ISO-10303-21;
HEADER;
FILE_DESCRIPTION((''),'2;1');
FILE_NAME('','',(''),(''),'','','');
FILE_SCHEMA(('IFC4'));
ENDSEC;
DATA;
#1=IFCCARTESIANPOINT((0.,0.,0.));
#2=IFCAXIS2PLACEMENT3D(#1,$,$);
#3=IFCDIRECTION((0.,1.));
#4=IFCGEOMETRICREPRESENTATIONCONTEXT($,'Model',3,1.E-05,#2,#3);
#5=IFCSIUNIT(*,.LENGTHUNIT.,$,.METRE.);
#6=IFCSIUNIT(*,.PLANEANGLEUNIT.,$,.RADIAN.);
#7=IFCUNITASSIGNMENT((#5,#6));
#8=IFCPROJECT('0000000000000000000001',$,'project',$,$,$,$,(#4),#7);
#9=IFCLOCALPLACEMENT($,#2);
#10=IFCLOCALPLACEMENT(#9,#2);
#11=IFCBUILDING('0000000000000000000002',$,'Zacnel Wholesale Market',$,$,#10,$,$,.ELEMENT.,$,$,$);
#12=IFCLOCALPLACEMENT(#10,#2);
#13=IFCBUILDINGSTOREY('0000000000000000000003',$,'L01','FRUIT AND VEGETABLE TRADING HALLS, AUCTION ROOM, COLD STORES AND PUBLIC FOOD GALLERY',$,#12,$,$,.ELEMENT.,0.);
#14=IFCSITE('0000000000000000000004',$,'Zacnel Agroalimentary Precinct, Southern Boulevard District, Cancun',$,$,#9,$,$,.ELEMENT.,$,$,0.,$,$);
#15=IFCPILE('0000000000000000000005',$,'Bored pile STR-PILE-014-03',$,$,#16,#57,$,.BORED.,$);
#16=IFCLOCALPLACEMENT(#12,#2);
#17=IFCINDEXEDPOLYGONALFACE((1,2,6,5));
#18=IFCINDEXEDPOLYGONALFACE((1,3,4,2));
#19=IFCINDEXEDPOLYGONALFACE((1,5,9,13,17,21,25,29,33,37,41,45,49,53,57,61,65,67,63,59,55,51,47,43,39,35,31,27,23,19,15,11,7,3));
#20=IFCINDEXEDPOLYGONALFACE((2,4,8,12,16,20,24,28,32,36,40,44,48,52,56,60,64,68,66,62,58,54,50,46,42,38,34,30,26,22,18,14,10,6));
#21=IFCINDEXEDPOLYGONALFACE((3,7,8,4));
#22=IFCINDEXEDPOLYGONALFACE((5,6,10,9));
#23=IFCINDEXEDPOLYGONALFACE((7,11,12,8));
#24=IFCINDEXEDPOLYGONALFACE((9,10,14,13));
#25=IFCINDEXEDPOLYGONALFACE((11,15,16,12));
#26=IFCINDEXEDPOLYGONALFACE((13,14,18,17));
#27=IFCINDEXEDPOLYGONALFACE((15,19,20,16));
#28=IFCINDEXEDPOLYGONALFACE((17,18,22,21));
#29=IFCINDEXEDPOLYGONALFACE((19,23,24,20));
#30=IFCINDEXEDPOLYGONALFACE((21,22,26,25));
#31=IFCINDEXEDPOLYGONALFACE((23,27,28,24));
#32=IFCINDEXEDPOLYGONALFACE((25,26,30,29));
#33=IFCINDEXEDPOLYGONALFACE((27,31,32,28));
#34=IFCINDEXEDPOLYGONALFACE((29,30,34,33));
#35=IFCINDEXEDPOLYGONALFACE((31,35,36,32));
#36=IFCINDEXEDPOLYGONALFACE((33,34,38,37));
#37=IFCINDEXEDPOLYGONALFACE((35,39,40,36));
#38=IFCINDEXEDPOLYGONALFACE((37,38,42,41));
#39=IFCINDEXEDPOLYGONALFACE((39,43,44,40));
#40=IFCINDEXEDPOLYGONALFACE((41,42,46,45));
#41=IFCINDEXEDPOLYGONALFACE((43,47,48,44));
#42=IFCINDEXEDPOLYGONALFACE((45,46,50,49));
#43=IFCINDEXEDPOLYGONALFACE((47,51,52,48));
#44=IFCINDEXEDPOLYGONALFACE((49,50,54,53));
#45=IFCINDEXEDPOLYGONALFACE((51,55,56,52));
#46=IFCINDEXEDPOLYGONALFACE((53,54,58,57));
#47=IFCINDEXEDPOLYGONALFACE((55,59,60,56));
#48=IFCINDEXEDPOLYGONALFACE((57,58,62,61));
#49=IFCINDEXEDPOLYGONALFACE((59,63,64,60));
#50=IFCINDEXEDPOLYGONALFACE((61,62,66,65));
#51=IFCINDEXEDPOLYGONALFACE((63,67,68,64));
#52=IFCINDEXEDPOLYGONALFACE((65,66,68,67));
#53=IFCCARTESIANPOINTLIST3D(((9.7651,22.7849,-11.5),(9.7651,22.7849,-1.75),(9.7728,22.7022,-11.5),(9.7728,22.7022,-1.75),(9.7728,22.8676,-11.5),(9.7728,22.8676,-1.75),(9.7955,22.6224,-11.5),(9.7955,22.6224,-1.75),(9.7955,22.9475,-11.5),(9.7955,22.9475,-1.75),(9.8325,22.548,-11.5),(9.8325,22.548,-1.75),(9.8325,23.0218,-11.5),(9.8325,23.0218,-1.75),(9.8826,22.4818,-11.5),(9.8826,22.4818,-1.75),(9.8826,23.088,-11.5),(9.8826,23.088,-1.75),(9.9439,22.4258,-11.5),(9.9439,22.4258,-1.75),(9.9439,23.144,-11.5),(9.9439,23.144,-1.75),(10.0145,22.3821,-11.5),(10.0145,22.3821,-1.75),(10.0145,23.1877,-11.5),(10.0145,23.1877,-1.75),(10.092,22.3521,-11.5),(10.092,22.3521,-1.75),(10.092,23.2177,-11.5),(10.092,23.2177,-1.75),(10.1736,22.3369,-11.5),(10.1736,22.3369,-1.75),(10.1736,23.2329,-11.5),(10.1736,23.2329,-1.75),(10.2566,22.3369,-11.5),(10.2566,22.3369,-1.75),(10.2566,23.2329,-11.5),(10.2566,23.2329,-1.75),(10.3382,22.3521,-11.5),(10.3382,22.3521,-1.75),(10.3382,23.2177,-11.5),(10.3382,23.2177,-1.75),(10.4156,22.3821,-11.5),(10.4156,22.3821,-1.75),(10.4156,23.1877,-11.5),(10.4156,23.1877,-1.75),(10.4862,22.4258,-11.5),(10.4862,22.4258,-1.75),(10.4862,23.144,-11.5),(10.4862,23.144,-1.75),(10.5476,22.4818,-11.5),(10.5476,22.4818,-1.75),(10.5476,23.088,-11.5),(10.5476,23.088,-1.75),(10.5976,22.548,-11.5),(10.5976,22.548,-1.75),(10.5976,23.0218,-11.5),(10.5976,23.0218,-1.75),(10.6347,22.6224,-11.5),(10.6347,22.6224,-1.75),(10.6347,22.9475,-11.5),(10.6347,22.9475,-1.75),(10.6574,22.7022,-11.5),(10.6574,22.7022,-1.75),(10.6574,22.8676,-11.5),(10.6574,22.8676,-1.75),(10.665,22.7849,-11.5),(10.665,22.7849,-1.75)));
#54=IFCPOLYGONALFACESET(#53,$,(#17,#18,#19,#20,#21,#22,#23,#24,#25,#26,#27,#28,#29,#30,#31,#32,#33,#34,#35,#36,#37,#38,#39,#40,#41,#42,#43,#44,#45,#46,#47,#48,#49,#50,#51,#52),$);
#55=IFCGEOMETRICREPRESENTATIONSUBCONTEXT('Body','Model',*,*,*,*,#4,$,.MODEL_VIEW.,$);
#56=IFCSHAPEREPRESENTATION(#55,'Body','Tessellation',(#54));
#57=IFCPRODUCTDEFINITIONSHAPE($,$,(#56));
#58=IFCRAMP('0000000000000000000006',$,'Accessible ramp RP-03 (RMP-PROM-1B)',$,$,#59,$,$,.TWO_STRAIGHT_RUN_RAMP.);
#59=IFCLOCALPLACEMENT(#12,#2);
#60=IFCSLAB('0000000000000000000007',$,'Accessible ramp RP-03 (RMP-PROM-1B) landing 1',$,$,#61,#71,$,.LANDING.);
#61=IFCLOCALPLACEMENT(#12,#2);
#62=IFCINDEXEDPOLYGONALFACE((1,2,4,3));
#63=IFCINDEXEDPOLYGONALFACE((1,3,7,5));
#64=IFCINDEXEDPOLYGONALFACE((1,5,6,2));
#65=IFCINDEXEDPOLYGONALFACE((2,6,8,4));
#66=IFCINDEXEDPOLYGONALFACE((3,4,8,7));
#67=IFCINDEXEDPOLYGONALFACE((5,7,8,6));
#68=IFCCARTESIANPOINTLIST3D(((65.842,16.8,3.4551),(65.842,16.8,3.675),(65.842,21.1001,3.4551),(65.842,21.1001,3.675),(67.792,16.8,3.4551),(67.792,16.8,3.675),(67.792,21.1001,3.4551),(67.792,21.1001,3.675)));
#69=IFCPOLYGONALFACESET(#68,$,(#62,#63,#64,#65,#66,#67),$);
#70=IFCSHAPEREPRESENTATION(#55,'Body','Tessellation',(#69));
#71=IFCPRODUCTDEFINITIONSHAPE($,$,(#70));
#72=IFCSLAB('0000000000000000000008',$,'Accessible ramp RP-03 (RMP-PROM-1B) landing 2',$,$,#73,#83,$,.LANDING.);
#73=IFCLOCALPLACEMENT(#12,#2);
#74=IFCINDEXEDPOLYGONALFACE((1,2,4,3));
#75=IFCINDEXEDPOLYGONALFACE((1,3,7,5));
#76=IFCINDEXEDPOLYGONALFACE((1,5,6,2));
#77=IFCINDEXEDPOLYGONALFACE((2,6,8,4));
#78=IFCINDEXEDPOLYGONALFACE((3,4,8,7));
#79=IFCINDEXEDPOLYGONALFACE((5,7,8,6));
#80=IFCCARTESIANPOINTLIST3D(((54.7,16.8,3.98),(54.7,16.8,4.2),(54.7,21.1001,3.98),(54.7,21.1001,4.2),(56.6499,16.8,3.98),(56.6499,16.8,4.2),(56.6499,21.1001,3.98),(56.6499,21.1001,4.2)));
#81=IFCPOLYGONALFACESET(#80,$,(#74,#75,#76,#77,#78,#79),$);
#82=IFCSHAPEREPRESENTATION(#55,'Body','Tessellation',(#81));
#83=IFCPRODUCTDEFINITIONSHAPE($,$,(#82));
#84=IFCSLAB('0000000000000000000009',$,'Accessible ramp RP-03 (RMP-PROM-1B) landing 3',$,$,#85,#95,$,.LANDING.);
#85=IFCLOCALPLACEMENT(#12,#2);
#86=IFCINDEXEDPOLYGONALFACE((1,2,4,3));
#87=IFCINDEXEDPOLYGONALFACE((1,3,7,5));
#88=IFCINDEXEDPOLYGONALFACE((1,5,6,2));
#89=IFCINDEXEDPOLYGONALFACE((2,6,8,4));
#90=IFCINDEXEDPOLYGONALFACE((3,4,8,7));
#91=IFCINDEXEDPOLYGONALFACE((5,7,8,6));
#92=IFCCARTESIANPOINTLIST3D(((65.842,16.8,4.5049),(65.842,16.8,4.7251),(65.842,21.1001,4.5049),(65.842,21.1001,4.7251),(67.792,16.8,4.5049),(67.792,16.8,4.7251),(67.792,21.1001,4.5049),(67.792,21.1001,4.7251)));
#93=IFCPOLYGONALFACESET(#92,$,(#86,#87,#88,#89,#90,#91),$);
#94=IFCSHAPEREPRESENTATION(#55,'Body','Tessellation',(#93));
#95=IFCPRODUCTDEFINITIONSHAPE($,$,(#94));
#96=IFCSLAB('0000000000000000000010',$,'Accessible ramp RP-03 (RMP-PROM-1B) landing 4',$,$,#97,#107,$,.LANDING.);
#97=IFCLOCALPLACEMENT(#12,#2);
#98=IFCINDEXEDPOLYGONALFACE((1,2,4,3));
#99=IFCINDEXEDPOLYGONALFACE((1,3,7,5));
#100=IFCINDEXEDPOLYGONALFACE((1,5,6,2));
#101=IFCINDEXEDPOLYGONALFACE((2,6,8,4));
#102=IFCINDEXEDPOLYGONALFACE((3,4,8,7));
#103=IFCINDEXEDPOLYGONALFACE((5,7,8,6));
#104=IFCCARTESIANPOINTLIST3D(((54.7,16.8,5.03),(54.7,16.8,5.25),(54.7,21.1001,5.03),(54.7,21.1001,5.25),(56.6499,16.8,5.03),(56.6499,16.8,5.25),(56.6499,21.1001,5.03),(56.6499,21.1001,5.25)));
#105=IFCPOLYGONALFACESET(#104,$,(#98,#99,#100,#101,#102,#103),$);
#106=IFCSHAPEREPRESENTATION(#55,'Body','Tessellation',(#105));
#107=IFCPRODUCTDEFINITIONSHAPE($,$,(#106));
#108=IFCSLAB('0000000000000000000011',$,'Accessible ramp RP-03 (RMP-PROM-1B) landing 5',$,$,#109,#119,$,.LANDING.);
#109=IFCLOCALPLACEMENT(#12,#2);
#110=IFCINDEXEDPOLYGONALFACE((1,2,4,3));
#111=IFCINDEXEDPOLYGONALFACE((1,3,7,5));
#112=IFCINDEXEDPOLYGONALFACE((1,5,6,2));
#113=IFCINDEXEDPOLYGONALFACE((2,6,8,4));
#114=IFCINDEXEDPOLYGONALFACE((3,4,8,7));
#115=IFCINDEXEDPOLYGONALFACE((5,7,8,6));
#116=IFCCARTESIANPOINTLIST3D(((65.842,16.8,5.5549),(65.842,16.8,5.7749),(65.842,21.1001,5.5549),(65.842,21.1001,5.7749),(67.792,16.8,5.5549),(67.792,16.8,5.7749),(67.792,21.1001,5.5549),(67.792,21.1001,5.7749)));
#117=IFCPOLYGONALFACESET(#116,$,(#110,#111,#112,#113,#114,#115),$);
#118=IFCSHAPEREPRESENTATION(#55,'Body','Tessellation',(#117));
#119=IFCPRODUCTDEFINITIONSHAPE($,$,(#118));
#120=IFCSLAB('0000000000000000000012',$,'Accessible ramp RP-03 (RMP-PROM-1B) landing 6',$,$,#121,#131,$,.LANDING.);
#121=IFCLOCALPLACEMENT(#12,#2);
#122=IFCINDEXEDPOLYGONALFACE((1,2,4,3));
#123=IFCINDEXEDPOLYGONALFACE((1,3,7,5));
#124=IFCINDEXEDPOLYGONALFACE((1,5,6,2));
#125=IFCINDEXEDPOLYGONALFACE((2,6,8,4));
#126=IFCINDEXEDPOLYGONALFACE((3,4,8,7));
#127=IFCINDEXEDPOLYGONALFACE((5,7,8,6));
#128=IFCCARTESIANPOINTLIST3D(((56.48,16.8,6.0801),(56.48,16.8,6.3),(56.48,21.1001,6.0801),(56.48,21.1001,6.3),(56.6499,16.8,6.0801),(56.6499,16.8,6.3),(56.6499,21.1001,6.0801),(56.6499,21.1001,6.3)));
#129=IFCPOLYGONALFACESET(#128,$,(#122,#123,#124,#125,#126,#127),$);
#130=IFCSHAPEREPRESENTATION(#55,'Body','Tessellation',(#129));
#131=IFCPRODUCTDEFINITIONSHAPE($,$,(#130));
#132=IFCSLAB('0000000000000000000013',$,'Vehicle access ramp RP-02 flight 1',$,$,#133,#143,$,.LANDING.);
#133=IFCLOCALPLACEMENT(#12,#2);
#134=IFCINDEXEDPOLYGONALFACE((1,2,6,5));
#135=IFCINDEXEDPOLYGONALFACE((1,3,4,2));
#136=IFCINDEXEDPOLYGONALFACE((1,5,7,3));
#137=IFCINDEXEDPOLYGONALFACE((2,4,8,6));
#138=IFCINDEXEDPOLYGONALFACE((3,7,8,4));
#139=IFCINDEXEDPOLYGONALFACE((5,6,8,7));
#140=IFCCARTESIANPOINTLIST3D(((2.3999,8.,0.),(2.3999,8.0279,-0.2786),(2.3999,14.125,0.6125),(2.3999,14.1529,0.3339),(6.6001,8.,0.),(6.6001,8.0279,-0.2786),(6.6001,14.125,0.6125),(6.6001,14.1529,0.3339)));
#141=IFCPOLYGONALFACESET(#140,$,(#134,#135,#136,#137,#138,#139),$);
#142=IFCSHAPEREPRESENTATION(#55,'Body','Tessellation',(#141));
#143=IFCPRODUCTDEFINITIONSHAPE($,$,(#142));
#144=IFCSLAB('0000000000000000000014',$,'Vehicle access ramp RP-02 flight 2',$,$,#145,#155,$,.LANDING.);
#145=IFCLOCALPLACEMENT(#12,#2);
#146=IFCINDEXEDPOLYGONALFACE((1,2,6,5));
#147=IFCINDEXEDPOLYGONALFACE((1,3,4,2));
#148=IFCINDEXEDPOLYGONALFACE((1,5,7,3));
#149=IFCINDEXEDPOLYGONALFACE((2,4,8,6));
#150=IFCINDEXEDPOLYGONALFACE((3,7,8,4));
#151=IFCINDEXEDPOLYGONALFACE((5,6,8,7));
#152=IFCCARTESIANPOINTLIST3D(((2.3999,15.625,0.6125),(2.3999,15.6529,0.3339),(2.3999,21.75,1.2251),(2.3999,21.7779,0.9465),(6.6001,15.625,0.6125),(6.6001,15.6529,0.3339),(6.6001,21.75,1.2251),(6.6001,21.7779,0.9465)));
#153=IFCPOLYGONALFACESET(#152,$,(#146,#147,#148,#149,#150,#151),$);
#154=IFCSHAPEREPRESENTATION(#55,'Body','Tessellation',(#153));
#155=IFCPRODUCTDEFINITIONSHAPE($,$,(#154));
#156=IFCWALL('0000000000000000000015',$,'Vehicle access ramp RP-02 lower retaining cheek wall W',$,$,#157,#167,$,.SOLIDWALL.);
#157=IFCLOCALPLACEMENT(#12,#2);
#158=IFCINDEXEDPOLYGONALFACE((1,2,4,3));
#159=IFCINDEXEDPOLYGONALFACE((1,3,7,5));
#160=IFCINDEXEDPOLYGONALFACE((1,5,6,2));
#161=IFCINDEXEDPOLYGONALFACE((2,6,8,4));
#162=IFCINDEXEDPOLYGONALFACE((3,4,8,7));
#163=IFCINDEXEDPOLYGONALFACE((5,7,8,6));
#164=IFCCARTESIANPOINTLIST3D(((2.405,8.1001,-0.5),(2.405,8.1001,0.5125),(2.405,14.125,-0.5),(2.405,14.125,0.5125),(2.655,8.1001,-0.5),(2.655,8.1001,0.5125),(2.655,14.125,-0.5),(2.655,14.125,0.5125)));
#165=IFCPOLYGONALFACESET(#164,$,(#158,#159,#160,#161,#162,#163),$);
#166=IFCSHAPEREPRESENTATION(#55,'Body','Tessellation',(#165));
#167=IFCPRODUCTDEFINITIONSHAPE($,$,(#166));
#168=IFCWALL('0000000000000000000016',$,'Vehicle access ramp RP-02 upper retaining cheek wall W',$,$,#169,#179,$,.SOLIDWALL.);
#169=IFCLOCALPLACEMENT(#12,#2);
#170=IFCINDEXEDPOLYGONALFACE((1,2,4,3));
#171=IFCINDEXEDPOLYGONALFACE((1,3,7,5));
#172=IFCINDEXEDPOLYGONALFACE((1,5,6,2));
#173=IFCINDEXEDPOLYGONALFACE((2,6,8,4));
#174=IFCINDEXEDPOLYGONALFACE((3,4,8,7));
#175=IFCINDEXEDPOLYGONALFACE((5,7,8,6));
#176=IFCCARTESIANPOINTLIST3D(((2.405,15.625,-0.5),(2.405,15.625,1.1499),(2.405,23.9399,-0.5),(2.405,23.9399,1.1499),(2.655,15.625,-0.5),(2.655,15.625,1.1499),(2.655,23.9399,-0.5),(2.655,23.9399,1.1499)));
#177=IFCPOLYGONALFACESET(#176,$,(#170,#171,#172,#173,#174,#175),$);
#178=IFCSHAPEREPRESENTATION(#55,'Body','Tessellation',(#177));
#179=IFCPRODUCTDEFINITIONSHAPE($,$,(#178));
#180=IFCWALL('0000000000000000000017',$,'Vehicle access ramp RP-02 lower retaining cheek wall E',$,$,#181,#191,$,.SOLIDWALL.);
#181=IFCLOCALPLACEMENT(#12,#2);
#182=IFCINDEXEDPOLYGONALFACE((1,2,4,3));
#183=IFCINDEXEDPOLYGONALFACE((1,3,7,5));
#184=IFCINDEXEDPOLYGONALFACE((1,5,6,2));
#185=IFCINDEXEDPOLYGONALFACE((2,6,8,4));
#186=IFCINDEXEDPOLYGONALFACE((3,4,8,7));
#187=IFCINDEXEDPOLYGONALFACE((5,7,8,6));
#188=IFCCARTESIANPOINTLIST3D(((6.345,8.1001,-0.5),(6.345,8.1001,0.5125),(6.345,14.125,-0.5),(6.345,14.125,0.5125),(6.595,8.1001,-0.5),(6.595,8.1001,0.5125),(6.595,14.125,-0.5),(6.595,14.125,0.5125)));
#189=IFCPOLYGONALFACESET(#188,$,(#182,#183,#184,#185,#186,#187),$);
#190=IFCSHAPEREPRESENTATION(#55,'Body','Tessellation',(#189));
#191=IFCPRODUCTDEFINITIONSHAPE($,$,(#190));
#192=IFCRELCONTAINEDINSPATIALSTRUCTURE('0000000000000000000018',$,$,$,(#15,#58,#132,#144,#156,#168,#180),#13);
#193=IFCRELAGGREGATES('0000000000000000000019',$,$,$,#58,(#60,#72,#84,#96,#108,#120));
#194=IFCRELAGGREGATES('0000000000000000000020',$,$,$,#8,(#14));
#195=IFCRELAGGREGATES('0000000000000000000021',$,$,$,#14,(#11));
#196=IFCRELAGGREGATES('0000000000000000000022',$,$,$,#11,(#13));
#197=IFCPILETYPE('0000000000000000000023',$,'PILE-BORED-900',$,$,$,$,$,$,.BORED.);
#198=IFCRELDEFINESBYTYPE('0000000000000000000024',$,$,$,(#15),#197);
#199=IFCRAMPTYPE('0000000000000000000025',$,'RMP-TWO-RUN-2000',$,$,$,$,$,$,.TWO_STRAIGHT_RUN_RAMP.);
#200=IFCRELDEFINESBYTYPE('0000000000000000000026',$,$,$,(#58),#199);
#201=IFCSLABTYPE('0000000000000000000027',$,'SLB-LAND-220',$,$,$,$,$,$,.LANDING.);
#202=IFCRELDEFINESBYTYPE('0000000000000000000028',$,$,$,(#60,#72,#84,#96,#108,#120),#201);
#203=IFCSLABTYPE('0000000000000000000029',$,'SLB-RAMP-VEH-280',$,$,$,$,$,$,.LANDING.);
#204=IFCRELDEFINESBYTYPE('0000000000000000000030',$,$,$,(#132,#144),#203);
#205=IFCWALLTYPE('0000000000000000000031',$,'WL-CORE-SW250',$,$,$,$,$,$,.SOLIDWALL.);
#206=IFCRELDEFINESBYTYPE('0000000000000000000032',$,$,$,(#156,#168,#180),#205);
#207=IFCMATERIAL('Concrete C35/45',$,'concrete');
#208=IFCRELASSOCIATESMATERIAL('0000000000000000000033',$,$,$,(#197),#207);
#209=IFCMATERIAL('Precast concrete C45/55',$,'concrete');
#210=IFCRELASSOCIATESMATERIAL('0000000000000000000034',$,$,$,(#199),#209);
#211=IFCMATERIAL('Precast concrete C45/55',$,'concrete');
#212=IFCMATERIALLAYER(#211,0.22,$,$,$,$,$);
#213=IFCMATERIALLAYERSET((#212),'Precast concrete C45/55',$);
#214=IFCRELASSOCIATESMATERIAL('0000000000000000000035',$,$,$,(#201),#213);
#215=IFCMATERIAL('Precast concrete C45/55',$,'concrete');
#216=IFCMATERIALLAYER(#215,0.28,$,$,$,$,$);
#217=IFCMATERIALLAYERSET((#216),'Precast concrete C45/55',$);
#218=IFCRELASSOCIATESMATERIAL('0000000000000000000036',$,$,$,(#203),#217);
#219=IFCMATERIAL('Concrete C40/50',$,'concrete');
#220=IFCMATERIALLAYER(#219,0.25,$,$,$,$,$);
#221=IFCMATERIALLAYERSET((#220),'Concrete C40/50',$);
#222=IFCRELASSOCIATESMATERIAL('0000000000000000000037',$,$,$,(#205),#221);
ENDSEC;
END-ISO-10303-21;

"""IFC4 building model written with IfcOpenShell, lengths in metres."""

from ifc_helpers import new_model, si_unit, direction, frame, frame_2d, origin, origin_2d, place, context, subcontext, project, spatial, polyline, rectangle, circle, outline, extrude, material, layer, layer_set, material_profile, profile_set, type_object, element, aggregate, save


model = new_model("IFC4")

# Units and contexts
model_context = context("Model", 3, precision=1e-05, world=origin(), true_north=direction((0.0, 1.0)))
body_context = subcontext(model_context, "Body", "Model", "MODEL_VIEW")
ifc_project = project(units=[si_unit("LENGTHUNIT", "METRE"), si_unit("PLANEANGLEUNIT", "RADIAN")], contexts=[model_context])

# Site, building, storey
site_placement = place(None, origin())
site = spatial("IfcSite", under=ifc_project, at=site_placement, Name="Zacnel Agroalimentary Precinct, Southern Boulevard District, Cancun", CompositionType="ELEMENT", RefElevation=0.0)
building_placement = place(site_placement, origin())
building = spatial("IfcBuilding", under=site, at=building_placement, Name="Zacnel Wholesale Market", CompositionType="ELEMENT")
storey_placement = place(building_placement, origin())
storey = spatial("IfcBuildingStorey", under=building, at=storey_placement, Name="L01", Description="FRUIT AND VEGETABLE TRADING HALLS, AUCTION ROOM, COLD STORES AND PUBLIC FOOD GALLERY", CompositionType="ELEMENT", Elevation=0.0)

# Pile
ifc_material_1 = material(Name="Concrete C35/45", Category="concrete")
ifc_material_profile = material_profile(ifc_material_1, circle(Radius=0.45, at=origin_2d()), Name="BORED PILE D900")
ifc_profile_set = profile_set([ifc_material_profile], Name="Concrete C35/45")
pile_type = type_object("IfcPileType", Name="PILE-BORED-900", PredefinedType="BORED", material=ifc_profile_set)
for number, where, z_axis, x_axis, name in (
    (1, (10.2151, 22.7849, -1.75), (0.0, 0.0, -1.0), (1.0, 0.0, 0.0), "Bored pile STR-PILE-014-03"),
):
    element("IfcPile", number, at=place(storey_placement, frame(where, z_axis=z_axis, x_axis=x_axis)), inside=storey, type_object=pile_type, Name=name, PredefinedType="BORED", context=body_context, shape_type="SweptSolid", body=[
        extrude(circle(Radius=0.45, at=origin_2d()), origin(), (0.0, 0.0, 1.0), 9.75),
    ])

# Ramp, slabs
ifc_material_2 = material(Name="Precast concrete C45/55", Category="concrete")
ramp_type = type_object("IfcRampType", Name="RMP-TWO-RUN-2000", PredefinedType="TWO_STRAIGHT_RUN_RAMP", material=ifc_material_2)
ramp_placement = place(storey_placement, origin())
ramp = element("IfcRamp", 2, at=ramp_placement, inside=storey, type_object=ramp_type, Name="Accessible ramp RP-03 (RMP-PROM-1B)", PredefinedType="TWO_STRAIGHT_RUN_RAMP")
ifc_material_3 = material(Name="Precast concrete C45/55", Category="concrete")
ifc_layer_1 = layer(ifc_material_3, 0.22)
ifc_layer_set_1 = layer_set([ifc_layer_1], Name="Precast concrete C45/55")
slab_type_1 = type_object("IfcSlabType", Name="SLB-LAND-220", PredefinedType="LANDING", material=ifc_layer_set_1)
slab_1_placement = place(storey_placement, frame((0.0, 0.0, 3.4551)))
slab_1 = element("IfcSlab", 3, at=slab_1_placement, type_object=slab_type_1, Name="Accessible ramp RP-03 (RMP-PROM-1B) landing 1", PredefinedType="LANDING", context=body_context, shape_type="SweptSolid", body=[
    extrude(outline(polyline([(65.842, 16.8), (67.792, 16.8), (67.792, 21.1001), (65.842, 21.1001), (65.842, 16.8)])), origin(), (0.0, 0.0, 1.0), 0.22),
])
slab_2_placement = place(storey_placement, frame((0.0, 0.0, 3.98)))
slab_2 = element("IfcSlab", 4, at=slab_2_placement, type_object=slab_type_1, Name="Accessible ramp RP-03 (RMP-PROM-1B) landing 2", PredefinedType="LANDING", context=body_context, shape_type="SweptSolid", body=[
    extrude(outline(polyline([(54.7, 16.8), (56.6499, 16.8), (56.6499, 21.1001), (54.7, 21.1001), (54.7, 16.8)])), origin(), (0.0, 0.0, 1.0), 0.22),
])
slab_3_placement = place(storey_placement, frame((0.0, 0.0, 4.5049)))
slab_3 = element("IfcSlab", 5, at=slab_3_placement, type_object=slab_type_1, Name="Accessible ramp RP-03 (RMP-PROM-1B) landing 3", PredefinedType="LANDING", context=body_context, shape_type="SweptSolid", body=[
    extrude(outline(polyline([(65.842, 16.8), (67.792, 16.8), (67.792, 21.1001), (65.842, 21.1001), (65.842, 16.8)])), origin(), (0.0, 0.0, 1.0), 0.2202),
])
slab_4_placement = place(storey_placement, frame((0.0, 0.0, 5.03)))
slab_4 = element("IfcSlab", 6, at=slab_4_placement, type_object=slab_type_1, Name="Accessible ramp RP-03 (RMP-PROM-1B) landing 4", PredefinedType="LANDING", context=body_context, shape_type="SweptSolid", body=[
    extrude(outline(polyline([(54.7, 16.8), (56.6499, 16.8), (56.6499, 21.1001), (54.7, 21.1001), (54.7, 16.8)])), origin(), (0.0, 0.0, 1.0), 0.22),
])
slab_5_placement = place(storey_placement, frame((0.0, 0.0, 5.5549)))
slab_5 = element("IfcSlab", 7, at=slab_5_placement, type_object=slab_type_1, Name="Accessible ramp RP-03 (RMP-PROM-1B) landing 5", PredefinedType="LANDING", context=body_context, shape_type="SweptSolid", body=[
    extrude(outline(polyline([(65.842, 16.8), (67.792, 16.8), (67.792, 21.1001), (65.842, 21.1001), (65.842, 16.8)])), origin(), (0.0, 0.0, 1.0), 0.22),
])
slab_6_placement = place(storey_placement, frame((0.0, 0.0, 6.0801)))
slab_6 = element("IfcSlab", 8, at=slab_6_placement, type_object=slab_type_1, Name="Accessible ramp RP-03 (RMP-PROM-1B) landing 6", PredefinedType="LANDING", context=body_context, shape_type="SweptSolid", body=[
    extrude(outline(polyline([(56.48, 16.8), (56.6499, 16.8), (56.6499, 21.1001), (56.48, 21.1001), (56.48, 16.8)])), origin(), (0.0, 0.0, 1.0), 0.22),
])
aggregate(ramp, [slab_1, slab_2, slab_3, slab_4, slab_5, slab_6])

# Slabs
ifc_material_4 = material(Name="Precast concrete C45/55", Category="concrete")
ifc_layer_2 = layer(ifc_material_4, 0.28)
ifc_layer_set_2 = layer_set([ifc_layer_2], Name="Precast concrete C45/55")
slab_type_2 = type_object("IfcSlabType", Name="SLB-RAMP-VEH-280", PredefinedType="LANDING", material=ifc_layer_set_2)
for number, where, z_axis, x_axis, name in (
    (9, (2.3999, 8.0, 0.0), (0.0, -0.099512, 0.995036), (1.0, 0.0, 0.0), "Vehicle access ramp RP-02 flight 1"),
    (10, (2.3999, 15.625, 0.6125), (0.0, -0.099512, 0.995036), (1.0, 0.0, 0.0), "Vehicle access ramp RP-02 flight 2"),
):
    element("IfcSlab", number, at=place(storey_placement, frame(where, z_axis=z_axis, x_axis=x_axis)), inside=storey, type_object=slab_type_2, Name=name, PredefinedType="LANDING", context=body_context, shape_type="SweptSolid", body=[
        extrude(outline(polyline([(0.0, 0.0), (4.2002, 0.0), (4.2002, 6.1556), (0.0, 6.1556), (0.0, 0.0)])), origin(), (0.0, 0.0, -1.0), 0.28),
    ])

# Walls
ifc_material_5 = material(Name="Concrete C40/50", Category="concrete")
ifc_layer_3 = layer(ifc_material_5, 0.25)
ifc_layer_set_3 = layer_set([ifc_layer_3], Name="Concrete C40/50")
wall_type = type_object("IfcWallType", Name="WL-CORE-SW250", PredefinedType="SOLIDWALL", material=ifc_layer_set_3)
wall_1_placement = place(storey_placement, frame((2.53, 8.1001, -0.5), z_axis=(0.0, 0.0, 1.0), x_axis=(0.0, 1.0, 0.0)))
element("IfcWall", 11, at=wall_1_placement, inside=storey, type_object=wall_type, Name="Vehicle access ramp RP-02 lower retaining cheek wall W", PredefinedType="SOLIDWALL", context=body_context, shape_type="SweptSolid", body=[
    extrude(rectangle(XDim=6.0249, YDim=0.25, at=frame_2d((3.0125, 0.0))), origin(), (0.0, 0.0, 1.0), 1.0125),
])
wall_2_placement = place(storey_placement, frame((2.53, 15.625, -0.5), z_axis=(0.0, 0.0, 1.0), x_axis=(0.0, 1.0, 0.0)))
element("IfcWall", 12, at=wall_2_placement, inside=storey, type_object=wall_type, Name="Vehicle access ramp RP-02 upper retaining cheek wall W", PredefinedType="SOLIDWALL", context=body_context, shape_type="SweptSolid", body=[
    extrude(rectangle(XDim=8.3149, YDim=0.25, at=frame_2d((4.1575, 0.0))), origin(), (0.0, 0.0, 1.0), 1.6499),
])
wall_3_placement = place(storey_placement, frame((6.47, 8.1001, -0.5), z_axis=(0.0, 0.0, 1.0), x_axis=(0.0, 1.0, 0.0)))
element("IfcWall", 13, at=wall_3_placement, inside=storey, type_object=wall_type, Name="Vehicle access ramp RP-02 lower retaining cheek wall E", PredefinedType="SOLIDWALL", context=body_context, shape_type="SweptSolid", body=[
    extrude(rectangle(XDim=6.0249, YDim=0.25, at=frame_2d((3.0125, 0.0))), origin(), (0.0, 0.0, 1.0), 1.0125),
])

save(model, "model.ifc")
